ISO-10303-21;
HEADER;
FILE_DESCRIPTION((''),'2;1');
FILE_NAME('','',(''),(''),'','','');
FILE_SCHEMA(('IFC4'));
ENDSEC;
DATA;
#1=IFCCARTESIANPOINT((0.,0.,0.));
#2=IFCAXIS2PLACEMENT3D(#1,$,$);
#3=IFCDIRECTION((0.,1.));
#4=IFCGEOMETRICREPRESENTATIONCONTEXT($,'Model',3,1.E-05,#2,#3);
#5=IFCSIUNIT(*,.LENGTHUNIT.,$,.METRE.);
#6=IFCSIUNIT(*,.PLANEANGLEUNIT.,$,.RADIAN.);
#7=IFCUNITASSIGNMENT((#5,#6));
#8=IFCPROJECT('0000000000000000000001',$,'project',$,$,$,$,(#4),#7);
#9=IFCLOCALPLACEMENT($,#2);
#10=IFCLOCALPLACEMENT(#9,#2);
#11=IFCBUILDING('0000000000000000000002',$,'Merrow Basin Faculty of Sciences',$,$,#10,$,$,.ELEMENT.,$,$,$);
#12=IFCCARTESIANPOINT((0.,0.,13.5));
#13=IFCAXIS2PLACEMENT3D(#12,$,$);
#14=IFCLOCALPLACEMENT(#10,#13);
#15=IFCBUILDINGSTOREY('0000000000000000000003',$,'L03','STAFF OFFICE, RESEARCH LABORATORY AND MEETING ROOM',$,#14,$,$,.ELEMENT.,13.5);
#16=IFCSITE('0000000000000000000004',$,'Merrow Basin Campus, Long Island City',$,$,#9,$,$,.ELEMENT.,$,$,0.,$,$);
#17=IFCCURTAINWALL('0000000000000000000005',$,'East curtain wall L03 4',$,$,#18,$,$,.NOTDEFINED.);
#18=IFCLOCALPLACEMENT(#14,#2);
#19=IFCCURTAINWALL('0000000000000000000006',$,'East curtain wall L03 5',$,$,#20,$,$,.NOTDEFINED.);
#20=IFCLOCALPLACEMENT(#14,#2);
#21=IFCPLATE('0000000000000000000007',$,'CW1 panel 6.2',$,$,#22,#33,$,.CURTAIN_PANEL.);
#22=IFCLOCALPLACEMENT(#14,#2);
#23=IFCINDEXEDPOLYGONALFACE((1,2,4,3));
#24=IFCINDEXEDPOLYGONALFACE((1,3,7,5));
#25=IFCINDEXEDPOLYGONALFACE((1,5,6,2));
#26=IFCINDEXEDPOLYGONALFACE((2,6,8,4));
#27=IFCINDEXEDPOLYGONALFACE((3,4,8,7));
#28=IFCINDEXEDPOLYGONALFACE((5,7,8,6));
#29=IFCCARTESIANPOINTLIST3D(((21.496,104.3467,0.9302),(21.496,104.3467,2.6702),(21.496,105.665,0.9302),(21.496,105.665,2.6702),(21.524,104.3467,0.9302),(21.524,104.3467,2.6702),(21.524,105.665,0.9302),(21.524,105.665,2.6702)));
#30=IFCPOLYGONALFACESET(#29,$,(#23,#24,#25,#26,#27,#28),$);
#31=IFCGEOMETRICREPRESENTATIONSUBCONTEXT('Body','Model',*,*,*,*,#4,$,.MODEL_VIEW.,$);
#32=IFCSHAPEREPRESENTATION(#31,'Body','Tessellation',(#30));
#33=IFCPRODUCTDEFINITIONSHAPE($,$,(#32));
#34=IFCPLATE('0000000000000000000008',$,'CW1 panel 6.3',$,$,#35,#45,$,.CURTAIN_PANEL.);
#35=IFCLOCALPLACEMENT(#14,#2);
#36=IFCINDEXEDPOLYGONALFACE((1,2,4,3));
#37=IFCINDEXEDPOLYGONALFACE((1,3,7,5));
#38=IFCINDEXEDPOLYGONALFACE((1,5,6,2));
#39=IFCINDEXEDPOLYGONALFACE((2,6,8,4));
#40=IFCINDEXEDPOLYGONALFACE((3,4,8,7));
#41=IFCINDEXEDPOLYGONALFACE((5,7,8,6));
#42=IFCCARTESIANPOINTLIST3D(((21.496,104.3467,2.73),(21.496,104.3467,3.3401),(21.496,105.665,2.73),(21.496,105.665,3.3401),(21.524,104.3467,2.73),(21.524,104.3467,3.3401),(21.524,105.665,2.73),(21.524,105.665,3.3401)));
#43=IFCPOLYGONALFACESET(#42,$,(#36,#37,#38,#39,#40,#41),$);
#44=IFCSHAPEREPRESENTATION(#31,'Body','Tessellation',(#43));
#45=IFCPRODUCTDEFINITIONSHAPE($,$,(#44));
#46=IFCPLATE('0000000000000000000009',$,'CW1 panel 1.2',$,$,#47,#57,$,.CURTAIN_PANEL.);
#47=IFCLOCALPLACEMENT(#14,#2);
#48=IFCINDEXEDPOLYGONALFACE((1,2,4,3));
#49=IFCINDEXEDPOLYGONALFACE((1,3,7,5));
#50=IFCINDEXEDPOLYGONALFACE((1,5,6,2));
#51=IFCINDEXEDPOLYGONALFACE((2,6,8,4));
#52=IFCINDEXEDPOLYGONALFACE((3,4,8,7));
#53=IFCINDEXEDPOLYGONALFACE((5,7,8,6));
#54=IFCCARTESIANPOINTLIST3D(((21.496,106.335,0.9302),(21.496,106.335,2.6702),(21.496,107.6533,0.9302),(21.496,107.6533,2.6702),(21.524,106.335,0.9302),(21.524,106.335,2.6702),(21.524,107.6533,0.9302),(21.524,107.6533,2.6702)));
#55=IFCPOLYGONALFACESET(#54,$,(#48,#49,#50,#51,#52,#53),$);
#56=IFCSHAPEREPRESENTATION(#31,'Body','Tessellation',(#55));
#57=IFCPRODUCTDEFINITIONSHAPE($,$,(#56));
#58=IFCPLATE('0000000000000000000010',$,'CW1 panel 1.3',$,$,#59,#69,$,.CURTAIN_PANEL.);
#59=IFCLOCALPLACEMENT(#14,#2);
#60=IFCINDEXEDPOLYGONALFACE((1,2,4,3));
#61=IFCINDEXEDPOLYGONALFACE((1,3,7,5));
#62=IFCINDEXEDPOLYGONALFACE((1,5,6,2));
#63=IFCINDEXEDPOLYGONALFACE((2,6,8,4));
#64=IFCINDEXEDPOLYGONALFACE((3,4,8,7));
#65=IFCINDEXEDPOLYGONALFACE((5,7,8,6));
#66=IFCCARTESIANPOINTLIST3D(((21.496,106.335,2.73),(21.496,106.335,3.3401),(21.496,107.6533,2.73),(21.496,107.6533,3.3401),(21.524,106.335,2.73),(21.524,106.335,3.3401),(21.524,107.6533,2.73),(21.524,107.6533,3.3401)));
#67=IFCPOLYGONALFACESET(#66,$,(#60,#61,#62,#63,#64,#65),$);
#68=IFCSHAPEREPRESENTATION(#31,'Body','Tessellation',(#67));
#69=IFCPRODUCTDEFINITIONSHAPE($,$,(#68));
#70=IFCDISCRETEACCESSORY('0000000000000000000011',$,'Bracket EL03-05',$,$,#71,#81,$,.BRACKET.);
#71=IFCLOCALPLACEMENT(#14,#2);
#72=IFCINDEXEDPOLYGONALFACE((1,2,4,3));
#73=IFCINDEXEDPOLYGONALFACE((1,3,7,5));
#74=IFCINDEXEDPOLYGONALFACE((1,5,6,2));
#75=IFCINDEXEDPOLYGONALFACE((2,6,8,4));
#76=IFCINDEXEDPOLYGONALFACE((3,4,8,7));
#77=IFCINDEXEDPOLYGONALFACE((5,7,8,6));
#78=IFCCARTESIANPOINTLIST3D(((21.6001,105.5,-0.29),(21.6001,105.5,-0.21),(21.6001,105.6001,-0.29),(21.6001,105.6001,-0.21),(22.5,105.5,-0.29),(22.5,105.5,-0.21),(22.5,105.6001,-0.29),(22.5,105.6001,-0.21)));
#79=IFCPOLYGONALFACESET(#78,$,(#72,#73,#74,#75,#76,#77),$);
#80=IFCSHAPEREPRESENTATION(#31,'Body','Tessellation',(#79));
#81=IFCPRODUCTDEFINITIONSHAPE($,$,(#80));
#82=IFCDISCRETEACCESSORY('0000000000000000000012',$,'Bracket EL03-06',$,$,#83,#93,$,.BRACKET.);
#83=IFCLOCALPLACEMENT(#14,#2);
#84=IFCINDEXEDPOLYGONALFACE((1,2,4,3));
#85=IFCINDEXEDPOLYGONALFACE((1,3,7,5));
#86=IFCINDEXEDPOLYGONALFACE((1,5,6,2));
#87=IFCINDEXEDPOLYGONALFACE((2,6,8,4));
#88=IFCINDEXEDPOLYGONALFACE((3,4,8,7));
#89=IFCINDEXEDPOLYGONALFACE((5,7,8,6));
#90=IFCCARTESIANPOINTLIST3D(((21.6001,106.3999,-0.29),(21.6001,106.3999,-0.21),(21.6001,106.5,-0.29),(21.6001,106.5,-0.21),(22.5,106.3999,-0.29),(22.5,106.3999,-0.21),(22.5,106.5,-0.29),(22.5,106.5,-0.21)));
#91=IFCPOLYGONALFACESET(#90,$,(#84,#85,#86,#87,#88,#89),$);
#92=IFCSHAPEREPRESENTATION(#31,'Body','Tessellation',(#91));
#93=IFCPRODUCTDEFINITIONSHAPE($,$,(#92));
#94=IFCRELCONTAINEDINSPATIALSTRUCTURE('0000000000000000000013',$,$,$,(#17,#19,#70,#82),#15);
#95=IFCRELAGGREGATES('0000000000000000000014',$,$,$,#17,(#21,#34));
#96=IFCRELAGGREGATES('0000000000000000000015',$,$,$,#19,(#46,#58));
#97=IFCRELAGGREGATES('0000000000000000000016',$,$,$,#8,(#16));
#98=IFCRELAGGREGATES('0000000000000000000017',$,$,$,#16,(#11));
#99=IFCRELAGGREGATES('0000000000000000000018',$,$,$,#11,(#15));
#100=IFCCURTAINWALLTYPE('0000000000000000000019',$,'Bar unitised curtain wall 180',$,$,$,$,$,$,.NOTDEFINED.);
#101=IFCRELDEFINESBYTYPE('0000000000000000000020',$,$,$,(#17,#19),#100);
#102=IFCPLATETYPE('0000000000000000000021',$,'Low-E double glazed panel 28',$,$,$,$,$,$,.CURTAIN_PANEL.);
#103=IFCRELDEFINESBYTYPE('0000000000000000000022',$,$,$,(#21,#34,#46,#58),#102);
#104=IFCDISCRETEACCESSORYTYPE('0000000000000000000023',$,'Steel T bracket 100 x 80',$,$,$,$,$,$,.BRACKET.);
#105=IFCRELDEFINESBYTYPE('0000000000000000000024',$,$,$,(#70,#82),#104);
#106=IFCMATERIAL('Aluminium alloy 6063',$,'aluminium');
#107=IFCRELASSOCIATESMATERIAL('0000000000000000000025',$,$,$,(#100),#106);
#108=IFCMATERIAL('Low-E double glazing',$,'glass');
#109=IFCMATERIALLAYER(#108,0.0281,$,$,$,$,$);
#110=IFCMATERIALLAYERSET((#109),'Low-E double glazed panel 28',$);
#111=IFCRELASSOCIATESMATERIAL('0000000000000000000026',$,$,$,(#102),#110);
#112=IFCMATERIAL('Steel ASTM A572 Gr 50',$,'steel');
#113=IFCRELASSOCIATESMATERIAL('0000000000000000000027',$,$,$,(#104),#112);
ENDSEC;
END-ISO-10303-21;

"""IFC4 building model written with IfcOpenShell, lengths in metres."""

from ifc_helpers import new_model, si_unit, direction, frame, origin, origin_2d, place, context, subcontext, project, spatial, polyline, rectangle, outline, extrude, source, transform, mapped, material, layer, layer_set, type_object, element, aggregate, save


model = new_model("IFC4")

# Units and contexts
model_context = context("Model", 3, precision=1e-05, world=origin(), true_north=direction((0.0, 1.0)))
body_context = subcontext(model_context, "Body", "Model", "MODEL_VIEW")
ifc_project = project(units=[si_unit("LENGTHUNIT", "METRE"), si_unit("PLANEANGLEUNIT", "RADIAN")], contexts=[model_context])

# Site, building, storey
site_placement = place(None, origin())
site = spatial("IfcSite", under=ifc_project, at=site_placement, Name="Merrow Basin Campus, Long Island City", CompositionType="ELEMENT", RefElevation=0.0)
building_placement = place(site_placement, origin())
building = spatial("IfcBuilding", under=site, at=building_placement, Name="Merrow Basin Faculty of Sciences", CompositionType="ELEMENT")
storey_placement = place(building_placement, frame((0.0, 0.0, 13.5)))
storey = spatial("IfcBuildingStorey", under=building, at=storey_placement, Name="L03", Description="STAFF OFFICE, RESEARCH LABORATORY AND MEETING ROOM", CompositionType="ELEMENT", Elevation=13.5)

# Curtain wall
ifc_material_1 = material(Name="Aluminium alloy 6063", Category="aluminium")
curtain_wall_type = type_object("IfcCurtainWallType", Name="Bar unitised curtain wall 180", PredefinedType="NOTDEFINED", material=ifc_material_1)
curtain_wall_1_placement = place(storey_placement, origin())
curtain_wall_1 = element("IfcCurtainWall", 1, at=curtain_wall_1_placement, inside=storey, type_object=curtain_wall_type, Name="East curtain wall L03 4", PredefinedType="NOTDEFINED")

# Curtain wall
curtain_wall_2_placement = place(storey_placement, origin())
curtain_wall_2 = element("IfcCurtainWall", 2, at=curtain_wall_2_placement, inside=storey, type_object=curtain_wall_type, Name="East curtain wall L03 5", PredefinedType="NOTDEFINED")

# Plates
ifc_material_2 = material(Name="Low-E double glazing", Category="glass")
ifc_layer_1 = layer(ifc_material_2, 0.0281)
ifc_layer_set_1 = layer_set([ifc_layer_1], Name="Low-E double glazed panel 28")
plate_type_1 = type_object("IfcPlateType", Name="Low-E double glazed panel 28", PredefinedType="CURTAIN_PANEL", material=ifc_layer_set_1)
plate_1_placement = place(storey_placement, frame((21.51, 105.0059, 0.9302), z_axis=(0.0, 0.0, 1.0), x_axis=(0.0, 1.0, 0.0)))
plate_1 = element("IfcPlate", 3, at=plate_1_placement, type_object=plate_type_1, Name="CW1 panel 6.2", PredefinedType="CURTAIN_PANEL", context=body_context, shape_type="SweptSolid", body=[
    extrude(rectangle(XDim=1.3184, YDim=0.0281, at=origin_2d()), origin(), (0.0, 0.0, 1.0), 1.74),
])
plate_2_placement = place(storey_placement, frame((21.51, 105.0059, 2.73), z_axis=(0.0, 0.0, 1.0), x_axis=(0.0, 1.0, 0.0)))
plate_2 = element("IfcPlate", 4, at=plate_2_placement, type_object=plate_type_1, Name="CW1 panel 6.3", PredefinedType="CURTAIN_PANEL", context=body_context, shape_type="SweptSolid", body=[
    extrude(rectangle(XDim=1.3184, YDim=0.0281, at=origin_2d()), origin(), (0.0, 0.0, 1.0), 0.6101),
])
aggregate(curtain_wall_1, [plate_1, plate_2])
plate_3_placement = place(storey_placement, frame((21.51, 106.9941, 0.9302), z_axis=(0.0, 0.0, 1.0), x_axis=(0.0, 1.0, 0.0)))
plate_3 = element("IfcPlate", 5, at=plate_3_placement, type_object=plate_type_1, Name="CW1 panel 1.2", PredefinedType="CURTAIN_PANEL", context=body_context, shape_type="SweptSolid", body=[
    extrude(rectangle(XDim=1.3184, YDim=0.0281, at=origin_2d()), origin(), (0.0, 0.0, 1.0), 1.74),
])
plate_4_placement = place(storey_placement, frame((21.51, 106.9941, 2.73), z_axis=(0.0, 0.0, 1.0), x_axis=(0.0, 1.0, 0.0)))
plate_4 = element("IfcPlate", 6, at=plate_4_placement, type_object=plate_type_1, Name="CW1 panel 1.3", PredefinedType="CURTAIN_PANEL", context=body_context, shape_type="SweptSolid", body=[
    extrude(rectangle(XDim=1.3184, YDim=0.0281, at=origin_2d()), origin(), (0.0, 0.0, 1.0), 0.6101),
])
aggregate(curtain_wall_2, [plate_3, plate_4])

# Discrete accessories
ifc_material_3 = material(Name="Steel ASTM A572 Gr 50", Category="steel")
discrete_accessory_type = type_object("IfcDiscreteAccessoryType", Name="Steel T bracket 100 x 80", PredefinedType="BRACKET", material=ifc_material_3)
shared_shape_1 = source(origin(), body_context, "Body", "SweptSolid", [
    extrude(outline(polyline([(0.0, 0.0), (0.1001, 0.0), (0.1001, 0.0801), (0.0, 0.0801), (0.0, 0.0)])), origin(), (0.0, 0.0, 1.0), 0.8999),
])
for number, where, z_axis, x_axis, name in (
    (7, (22.5, 105.6001, -0.29), (-1.0, 0.0, 0.0), (0.0, -1.0, 0.0), "Bracket EL03-05"),
    (8, (22.5, 106.5, -0.29), (-1.0, 0.0, 0.0), (0.0, -1.0, 0.0), "Bracket EL03-06"),
):
    element("IfcDiscreteAccessory", number, at=place(storey_placement, frame(where, z_axis=z_axis, x_axis=x_axis)), inside=storey, type_object=discrete_accessory_type, Name=name, PredefinedType="BRACKET", context=body_context, shape_type="MappedRepresentation", body=[
        mapped(shared_shape_1, transform((0.0, 0.0, 0.0), scale=1.0)),
    ])

save(model, "model.ifc")
